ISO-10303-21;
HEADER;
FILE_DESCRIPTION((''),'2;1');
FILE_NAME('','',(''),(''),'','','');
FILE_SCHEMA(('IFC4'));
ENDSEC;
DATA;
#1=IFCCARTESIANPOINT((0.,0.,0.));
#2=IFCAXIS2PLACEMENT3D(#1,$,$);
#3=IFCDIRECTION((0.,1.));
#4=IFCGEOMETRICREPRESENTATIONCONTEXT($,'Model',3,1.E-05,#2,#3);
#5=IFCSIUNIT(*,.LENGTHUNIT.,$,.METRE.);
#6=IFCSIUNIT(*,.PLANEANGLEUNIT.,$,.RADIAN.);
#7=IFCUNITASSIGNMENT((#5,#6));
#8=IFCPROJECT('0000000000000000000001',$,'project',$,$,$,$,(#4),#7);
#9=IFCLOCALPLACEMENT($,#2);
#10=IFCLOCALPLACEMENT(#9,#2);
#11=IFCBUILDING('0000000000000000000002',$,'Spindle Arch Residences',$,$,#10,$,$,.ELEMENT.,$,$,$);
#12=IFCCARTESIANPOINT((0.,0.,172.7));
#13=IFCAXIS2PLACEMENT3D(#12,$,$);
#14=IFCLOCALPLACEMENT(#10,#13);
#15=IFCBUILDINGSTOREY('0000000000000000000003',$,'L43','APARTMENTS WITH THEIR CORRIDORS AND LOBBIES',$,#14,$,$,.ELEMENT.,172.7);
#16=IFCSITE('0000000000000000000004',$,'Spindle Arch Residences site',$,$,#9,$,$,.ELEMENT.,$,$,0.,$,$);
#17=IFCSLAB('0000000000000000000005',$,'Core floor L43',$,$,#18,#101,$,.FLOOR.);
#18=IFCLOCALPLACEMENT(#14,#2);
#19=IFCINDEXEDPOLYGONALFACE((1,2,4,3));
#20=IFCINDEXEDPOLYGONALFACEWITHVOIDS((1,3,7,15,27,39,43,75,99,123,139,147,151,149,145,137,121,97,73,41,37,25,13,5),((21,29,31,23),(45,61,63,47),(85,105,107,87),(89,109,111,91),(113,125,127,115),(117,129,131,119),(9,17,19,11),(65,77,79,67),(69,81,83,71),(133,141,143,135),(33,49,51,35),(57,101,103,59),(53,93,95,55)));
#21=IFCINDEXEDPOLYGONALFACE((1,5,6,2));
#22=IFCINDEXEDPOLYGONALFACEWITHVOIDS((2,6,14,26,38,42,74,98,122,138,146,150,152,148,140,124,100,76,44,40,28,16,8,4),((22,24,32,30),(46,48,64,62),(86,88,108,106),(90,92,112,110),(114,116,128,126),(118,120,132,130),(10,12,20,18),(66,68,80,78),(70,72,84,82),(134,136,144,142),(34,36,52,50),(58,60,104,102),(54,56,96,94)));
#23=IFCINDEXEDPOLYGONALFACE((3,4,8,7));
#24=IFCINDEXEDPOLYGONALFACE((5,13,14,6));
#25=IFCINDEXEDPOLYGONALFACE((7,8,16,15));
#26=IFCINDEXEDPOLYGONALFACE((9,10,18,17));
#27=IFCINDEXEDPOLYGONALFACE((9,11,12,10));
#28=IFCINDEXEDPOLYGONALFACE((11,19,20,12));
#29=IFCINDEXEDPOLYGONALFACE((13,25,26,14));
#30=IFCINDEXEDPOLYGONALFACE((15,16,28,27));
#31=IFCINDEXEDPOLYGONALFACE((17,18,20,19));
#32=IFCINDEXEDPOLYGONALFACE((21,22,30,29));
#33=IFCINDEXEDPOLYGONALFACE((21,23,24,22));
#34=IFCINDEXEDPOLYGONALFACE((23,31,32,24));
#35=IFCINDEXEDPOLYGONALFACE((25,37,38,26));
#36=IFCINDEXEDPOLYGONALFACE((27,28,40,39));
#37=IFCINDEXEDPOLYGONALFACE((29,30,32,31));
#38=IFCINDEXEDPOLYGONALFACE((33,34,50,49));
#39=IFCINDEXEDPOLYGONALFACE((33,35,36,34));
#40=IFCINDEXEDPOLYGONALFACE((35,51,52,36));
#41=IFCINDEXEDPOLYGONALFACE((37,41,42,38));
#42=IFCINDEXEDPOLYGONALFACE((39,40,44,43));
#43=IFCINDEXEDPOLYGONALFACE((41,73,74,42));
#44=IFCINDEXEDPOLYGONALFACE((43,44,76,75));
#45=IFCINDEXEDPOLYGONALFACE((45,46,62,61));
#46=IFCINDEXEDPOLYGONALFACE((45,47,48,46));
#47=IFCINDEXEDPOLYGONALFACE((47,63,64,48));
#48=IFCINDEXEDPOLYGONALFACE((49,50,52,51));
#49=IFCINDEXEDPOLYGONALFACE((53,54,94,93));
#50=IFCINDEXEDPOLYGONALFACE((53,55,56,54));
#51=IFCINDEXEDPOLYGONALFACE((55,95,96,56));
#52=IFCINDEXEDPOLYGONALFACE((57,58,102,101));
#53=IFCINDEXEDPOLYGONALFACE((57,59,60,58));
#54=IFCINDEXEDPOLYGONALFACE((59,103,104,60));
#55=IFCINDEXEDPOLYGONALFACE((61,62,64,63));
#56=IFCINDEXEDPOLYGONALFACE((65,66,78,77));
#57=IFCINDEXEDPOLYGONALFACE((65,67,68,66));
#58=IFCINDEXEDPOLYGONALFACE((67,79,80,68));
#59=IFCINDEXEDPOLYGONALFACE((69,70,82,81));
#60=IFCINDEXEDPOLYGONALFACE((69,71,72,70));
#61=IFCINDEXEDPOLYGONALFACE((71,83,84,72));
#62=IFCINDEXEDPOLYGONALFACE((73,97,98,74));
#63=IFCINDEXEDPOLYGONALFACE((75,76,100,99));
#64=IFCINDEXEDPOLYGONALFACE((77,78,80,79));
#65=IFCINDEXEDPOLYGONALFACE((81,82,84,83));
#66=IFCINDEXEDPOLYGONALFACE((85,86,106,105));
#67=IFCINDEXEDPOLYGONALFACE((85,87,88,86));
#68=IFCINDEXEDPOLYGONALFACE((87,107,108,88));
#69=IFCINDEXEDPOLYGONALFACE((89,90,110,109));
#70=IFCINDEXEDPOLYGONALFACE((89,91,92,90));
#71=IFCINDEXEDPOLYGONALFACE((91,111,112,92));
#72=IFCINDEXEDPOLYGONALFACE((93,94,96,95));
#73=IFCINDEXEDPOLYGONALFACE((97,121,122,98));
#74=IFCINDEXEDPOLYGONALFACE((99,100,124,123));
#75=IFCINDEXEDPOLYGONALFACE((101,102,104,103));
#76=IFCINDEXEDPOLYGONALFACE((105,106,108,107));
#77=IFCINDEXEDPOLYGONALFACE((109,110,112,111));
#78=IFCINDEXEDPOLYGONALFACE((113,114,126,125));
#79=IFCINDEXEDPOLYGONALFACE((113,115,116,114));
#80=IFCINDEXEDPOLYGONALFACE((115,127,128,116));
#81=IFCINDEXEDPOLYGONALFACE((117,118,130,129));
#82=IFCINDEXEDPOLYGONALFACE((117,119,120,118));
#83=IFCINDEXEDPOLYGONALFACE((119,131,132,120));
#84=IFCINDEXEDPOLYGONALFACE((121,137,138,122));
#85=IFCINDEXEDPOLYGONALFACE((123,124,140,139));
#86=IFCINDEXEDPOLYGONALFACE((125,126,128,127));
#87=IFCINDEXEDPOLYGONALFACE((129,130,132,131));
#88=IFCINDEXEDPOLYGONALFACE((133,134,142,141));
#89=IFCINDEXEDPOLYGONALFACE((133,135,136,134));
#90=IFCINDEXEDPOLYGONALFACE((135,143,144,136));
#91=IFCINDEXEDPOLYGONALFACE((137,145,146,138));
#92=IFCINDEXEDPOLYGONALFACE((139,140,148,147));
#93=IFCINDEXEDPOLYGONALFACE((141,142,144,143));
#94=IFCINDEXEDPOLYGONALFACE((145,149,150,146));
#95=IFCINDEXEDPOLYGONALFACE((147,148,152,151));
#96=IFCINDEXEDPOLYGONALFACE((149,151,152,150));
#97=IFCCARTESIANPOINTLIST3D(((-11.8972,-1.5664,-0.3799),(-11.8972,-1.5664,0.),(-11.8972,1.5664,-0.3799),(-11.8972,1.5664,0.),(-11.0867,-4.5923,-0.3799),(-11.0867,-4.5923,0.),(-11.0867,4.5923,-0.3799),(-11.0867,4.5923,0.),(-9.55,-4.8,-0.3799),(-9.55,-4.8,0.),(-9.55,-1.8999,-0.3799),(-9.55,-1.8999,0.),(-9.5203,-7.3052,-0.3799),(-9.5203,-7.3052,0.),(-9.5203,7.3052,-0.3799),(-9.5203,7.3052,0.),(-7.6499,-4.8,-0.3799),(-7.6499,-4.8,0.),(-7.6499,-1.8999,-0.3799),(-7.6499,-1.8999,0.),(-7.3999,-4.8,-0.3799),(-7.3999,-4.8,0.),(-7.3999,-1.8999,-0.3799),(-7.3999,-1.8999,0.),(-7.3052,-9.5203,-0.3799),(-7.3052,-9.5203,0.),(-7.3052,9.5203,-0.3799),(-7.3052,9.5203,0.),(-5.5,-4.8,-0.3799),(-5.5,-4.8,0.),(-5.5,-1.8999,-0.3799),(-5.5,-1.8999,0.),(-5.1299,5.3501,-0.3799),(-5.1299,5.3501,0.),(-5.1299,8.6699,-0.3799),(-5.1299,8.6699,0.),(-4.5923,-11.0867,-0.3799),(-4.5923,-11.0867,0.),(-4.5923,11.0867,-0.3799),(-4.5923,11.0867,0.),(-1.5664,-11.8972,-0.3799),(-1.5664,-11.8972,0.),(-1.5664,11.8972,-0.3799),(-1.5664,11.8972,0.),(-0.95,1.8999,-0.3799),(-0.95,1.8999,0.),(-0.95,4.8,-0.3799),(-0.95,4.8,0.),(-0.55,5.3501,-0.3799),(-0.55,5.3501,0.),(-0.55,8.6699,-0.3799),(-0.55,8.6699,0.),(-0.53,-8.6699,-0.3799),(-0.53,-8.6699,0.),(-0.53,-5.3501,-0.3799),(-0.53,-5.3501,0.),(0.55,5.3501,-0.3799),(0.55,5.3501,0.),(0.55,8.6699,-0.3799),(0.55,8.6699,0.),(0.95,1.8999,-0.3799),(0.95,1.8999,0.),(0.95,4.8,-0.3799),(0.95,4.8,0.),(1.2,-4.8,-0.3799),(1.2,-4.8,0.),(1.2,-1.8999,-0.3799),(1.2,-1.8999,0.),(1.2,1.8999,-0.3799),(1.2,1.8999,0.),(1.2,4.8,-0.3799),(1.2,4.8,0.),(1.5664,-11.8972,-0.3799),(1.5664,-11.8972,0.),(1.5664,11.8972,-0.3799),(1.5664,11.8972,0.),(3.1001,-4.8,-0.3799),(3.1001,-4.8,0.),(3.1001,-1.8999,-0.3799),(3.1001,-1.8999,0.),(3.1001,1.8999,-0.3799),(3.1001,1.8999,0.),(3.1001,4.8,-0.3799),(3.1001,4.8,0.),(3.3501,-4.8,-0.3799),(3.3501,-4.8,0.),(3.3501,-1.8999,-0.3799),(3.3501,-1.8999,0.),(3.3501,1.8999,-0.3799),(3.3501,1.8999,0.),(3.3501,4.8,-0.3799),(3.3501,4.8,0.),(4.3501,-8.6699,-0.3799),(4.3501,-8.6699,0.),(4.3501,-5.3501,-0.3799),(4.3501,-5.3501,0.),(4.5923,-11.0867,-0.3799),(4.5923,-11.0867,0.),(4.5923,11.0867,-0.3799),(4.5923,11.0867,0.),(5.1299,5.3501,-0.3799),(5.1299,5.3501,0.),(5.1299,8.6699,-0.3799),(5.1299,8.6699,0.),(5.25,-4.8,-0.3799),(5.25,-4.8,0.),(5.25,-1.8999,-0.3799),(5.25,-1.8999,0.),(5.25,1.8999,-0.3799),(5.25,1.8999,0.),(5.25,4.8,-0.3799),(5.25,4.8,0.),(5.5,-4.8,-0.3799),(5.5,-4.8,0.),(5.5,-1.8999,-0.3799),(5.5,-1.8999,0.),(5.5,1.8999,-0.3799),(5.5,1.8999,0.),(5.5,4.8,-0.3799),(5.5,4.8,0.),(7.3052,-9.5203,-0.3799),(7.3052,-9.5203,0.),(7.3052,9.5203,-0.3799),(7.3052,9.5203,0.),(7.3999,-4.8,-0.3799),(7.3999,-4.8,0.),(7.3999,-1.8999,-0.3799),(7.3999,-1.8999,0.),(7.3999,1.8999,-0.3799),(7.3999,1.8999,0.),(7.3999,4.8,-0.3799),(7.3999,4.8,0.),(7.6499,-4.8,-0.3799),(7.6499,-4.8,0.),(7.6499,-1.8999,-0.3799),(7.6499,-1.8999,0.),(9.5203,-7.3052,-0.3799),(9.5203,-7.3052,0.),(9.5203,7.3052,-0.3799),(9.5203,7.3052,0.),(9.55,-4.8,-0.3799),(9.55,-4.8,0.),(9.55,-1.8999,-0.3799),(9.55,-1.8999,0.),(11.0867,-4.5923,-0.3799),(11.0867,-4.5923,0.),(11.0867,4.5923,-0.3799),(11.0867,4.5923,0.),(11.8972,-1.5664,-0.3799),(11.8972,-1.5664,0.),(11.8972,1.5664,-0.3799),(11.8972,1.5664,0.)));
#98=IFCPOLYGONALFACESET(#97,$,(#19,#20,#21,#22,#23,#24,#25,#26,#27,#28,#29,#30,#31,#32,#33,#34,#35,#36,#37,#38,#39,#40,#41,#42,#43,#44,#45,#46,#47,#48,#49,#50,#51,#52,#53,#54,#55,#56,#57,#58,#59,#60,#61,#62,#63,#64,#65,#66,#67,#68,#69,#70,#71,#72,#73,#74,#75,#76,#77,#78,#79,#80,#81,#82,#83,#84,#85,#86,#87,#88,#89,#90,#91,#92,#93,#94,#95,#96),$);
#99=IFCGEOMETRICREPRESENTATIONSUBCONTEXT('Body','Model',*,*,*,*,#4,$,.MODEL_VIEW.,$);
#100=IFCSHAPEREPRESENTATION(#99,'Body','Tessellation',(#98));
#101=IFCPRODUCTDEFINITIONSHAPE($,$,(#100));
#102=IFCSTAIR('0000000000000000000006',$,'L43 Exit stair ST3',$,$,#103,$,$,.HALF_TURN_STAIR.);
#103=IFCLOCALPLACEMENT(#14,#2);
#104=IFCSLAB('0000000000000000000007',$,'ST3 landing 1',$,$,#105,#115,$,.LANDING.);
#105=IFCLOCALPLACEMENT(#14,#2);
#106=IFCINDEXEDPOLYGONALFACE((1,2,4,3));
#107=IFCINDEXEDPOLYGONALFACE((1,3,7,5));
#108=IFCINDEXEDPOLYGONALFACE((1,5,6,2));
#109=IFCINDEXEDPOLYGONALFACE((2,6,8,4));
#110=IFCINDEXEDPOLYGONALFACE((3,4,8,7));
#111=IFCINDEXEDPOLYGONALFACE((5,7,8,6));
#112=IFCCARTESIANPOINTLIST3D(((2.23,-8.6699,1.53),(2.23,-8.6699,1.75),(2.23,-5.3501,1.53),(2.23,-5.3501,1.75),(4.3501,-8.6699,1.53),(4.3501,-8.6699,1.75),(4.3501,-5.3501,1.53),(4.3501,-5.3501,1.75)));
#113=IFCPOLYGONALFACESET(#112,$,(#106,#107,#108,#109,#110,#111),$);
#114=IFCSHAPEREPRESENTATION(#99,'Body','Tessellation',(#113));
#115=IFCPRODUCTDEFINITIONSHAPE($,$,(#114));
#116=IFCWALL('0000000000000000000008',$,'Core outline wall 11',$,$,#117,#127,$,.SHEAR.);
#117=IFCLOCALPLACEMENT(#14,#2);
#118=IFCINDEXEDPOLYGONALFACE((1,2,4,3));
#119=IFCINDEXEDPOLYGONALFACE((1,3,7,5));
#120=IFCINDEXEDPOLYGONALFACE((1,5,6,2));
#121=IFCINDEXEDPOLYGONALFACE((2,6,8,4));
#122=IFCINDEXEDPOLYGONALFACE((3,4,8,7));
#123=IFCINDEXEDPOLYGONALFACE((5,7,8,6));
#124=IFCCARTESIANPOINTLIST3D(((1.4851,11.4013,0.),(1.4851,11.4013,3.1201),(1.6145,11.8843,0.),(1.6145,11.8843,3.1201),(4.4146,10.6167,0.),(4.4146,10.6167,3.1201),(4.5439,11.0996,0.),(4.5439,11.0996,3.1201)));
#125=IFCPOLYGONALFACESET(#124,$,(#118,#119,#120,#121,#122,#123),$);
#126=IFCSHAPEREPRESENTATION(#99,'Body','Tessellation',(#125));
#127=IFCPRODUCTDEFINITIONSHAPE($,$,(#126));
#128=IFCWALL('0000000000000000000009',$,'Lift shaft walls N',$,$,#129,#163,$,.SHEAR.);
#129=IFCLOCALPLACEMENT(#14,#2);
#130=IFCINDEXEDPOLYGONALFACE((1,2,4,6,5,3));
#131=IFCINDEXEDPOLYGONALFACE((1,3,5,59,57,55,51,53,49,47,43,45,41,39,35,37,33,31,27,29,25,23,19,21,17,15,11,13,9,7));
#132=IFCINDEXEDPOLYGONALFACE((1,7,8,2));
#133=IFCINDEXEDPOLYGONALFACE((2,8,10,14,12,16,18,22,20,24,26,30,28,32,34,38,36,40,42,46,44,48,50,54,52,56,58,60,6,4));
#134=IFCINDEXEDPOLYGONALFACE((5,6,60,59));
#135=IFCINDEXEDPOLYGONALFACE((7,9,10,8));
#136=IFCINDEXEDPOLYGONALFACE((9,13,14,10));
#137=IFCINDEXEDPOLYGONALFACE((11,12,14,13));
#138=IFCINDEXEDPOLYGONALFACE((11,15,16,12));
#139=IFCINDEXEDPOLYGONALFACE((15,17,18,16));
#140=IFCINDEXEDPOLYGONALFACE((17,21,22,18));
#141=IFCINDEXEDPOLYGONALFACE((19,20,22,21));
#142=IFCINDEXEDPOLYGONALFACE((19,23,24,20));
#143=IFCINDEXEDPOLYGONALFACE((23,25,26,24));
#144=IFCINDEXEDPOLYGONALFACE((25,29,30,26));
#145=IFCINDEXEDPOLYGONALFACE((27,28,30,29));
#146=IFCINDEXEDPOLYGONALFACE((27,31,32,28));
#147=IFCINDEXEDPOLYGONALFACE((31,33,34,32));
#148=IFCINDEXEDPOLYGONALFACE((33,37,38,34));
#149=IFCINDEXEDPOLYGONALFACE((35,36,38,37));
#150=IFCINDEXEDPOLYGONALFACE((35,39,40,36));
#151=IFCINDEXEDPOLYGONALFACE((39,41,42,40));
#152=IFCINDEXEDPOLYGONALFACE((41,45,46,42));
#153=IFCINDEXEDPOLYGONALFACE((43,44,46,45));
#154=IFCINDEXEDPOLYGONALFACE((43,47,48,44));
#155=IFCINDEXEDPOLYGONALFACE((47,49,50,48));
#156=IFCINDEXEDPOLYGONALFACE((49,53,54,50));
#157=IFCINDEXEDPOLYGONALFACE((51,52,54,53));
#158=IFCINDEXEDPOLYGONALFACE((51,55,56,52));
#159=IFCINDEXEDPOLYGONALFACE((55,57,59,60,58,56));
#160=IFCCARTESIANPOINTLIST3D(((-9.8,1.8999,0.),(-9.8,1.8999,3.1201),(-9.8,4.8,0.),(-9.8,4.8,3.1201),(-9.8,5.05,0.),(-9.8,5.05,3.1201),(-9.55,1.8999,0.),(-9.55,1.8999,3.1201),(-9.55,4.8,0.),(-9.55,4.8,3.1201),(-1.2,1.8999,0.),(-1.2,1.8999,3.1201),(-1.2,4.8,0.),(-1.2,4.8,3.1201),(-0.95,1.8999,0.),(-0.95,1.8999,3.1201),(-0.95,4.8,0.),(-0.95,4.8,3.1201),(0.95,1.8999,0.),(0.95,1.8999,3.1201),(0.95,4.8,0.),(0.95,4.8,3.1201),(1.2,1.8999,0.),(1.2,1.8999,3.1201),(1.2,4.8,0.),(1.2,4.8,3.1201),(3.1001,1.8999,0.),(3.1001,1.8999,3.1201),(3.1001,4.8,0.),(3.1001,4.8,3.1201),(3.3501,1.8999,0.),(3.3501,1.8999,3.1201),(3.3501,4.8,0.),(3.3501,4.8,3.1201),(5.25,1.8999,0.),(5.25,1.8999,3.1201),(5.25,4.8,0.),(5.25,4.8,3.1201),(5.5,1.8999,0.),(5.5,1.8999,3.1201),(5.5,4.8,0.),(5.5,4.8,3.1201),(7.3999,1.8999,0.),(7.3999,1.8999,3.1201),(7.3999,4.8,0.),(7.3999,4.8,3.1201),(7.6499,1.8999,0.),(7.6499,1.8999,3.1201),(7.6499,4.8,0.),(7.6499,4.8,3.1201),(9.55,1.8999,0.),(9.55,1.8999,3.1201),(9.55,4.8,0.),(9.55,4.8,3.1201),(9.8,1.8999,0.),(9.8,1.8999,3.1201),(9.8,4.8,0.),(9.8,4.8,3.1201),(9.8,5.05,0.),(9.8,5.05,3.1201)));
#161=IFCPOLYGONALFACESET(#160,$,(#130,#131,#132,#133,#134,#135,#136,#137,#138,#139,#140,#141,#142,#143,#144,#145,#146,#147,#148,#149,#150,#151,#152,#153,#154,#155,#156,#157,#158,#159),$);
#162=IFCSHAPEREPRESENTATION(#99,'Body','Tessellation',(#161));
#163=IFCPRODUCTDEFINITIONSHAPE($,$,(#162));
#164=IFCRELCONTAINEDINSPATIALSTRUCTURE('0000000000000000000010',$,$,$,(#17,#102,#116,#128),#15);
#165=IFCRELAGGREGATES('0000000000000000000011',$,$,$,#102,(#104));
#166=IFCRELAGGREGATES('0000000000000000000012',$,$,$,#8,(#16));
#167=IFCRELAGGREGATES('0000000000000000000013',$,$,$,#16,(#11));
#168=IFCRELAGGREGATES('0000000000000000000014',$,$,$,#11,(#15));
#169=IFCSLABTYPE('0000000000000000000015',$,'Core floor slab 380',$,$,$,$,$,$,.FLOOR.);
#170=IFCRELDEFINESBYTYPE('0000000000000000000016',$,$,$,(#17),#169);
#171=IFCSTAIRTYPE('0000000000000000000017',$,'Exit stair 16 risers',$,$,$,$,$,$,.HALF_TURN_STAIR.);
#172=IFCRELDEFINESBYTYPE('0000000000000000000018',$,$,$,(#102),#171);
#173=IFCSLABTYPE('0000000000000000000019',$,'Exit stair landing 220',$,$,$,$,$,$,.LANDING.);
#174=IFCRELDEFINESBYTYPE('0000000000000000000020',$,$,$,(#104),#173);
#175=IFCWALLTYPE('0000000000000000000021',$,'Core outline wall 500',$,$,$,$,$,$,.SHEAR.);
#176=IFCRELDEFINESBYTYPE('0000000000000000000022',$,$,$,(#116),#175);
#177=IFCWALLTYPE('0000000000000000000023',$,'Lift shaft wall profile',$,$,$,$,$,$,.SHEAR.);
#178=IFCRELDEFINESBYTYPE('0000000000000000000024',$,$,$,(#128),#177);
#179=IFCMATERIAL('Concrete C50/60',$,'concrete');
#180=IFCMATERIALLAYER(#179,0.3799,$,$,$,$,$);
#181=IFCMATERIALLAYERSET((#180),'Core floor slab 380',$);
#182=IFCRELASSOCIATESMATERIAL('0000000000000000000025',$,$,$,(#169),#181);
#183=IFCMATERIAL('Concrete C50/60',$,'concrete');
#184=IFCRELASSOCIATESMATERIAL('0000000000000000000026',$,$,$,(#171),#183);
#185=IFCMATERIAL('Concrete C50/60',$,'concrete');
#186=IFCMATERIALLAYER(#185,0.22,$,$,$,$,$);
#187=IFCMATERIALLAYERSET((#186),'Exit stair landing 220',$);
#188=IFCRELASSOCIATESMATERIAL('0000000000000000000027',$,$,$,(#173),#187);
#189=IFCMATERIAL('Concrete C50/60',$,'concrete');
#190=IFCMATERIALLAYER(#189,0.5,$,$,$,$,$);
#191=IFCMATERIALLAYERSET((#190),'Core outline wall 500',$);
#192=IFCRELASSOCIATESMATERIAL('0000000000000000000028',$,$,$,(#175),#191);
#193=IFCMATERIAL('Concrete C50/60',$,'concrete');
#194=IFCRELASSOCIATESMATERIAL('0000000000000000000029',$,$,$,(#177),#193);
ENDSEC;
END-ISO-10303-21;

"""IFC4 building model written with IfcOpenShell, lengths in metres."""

from ifc_helpers import new_model, si_unit, direction, frame, frame_2d, origin, place, context, subcontext, project, spatial, polyline, rectangle, outline, extrude, material, layer, layer_set, type_object, element, aggregate, save


model = new_model("IFC4")

# Units and contexts
model_context = context("Model", 3, precision=1e-05, world=origin(), true_north=direction((0.0, 1.0)))
body_context = subcontext(model_context, "Body", "Model", "MODEL_VIEW")
ifc_project = project(units=[si_unit("LENGTHUNIT", "METRE"), si_unit("PLANEANGLEUNIT", "RADIAN")], contexts=[model_context])

# Site, building, storey
site_placement = place(None, origin())
site = spatial("IfcSite", under=ifc_project, at=site_placement, Name="Spindle Arch Residences site", CompositionType="ELEMENT", RefElevation=0.0)
building_placement = place(site_placement, origin())
building = spatial("IfcBuilding", under=site, at=building_placement, Name="Spindle Arch Residences", CompositionType="ELEMENT")
storey_placement = place(building_placement, frame((0.0, 0.0, 172.7)))
storey = spatial("IfcBuildingStorey", under=building, at=storey_placement, Name="L43", Description="APARTMENTS WITH THEIR CORRIDORS AND LOBBIES", CompositionType="ELEMENT", Elevation=172.7)

# Slab
ifc_material_1 = material(Name="Concrete C50/60", Category="concrete")
ifc_layer_1 = layer(ifc_material_1, 0.3799)
ifc_layer_set_1 = layer_set([ifc_layer_1], Name="Core floor slab 380")
slab_type_1 = type_object("IfcSlabType", Name="Core floor slab 380", PredefinedType="FLOOR", material=ifc_layer_set_1)
slab_1_placement = place(storey_placement, frame((0.0, 0.0, -0.3799)))
element("IfcSlab", 1, at=slab_1_placement, inside=storey, type_object=slab_type_1, Name="Core floor L43", PredefinedType="FLOOR", context=body_context, shape_type="SweptSolid", body=[
    extrude(outline(polyline([(1.5664, -11.8972), (4.5923, -11.0867), (7.3052, -9.5203), (9.5203, -7.3052), (11.0867, -4.5923), (11.8972, -1.5664), (11.8972, 1.5664), (11.0867, 4.5923), (9.5203, 7.3052), (7.3052, 9.5203), (4.5923, 11.0867), (1.5664, 11.8972), (-1.5664, 11.8972), (-4.5923, 11.0867), (-7.3052, 9.5203), (-9.5203, 7.3052), (-11.0867, 4.5923), (-11.8972, 1.5664), (-11.8972, -1.5664), (-11.0867, -4.5923), (-9.5203, -7.3052), (-7.3052, -9.5203), (-4.5923, -11.0867), (-1.5664, -11.8972), (1.5664, -11.8972)]), holes=[polyline([(-0.95, 1.8999), (0.95, 1.8999), (0.95, 4.8), (-0.95, 4.8), (-0.95, 1.8999)]), polyline([(1.2, 1.8999), (3.1001, 1.8999), (3.1001, 4.8), (1.2, 4.8), (1.2, 1.8999)]), polyline([(3.3501, 1.8999), (5.25, 1.8999), (5.25, 4.8), (3.3501, 4.8), (3.3501, 1.8999)]), polyline([(5.5, 1.8999), (7.3999, 1.8999), (7.3999, 4.8), (5.5, 4.8), (5.5, 1.8999)]), polyline([(-9.55, -4.8), (-7.6499, -4.8), (-7.6499, -1.8999), (-9.55, -1.8999), (-9.55, -4.8)]), polyline([(-7.3999, -4.8), (-5.5, -4.8), (-5.5, -1.8999), (-7.3999, -1.8999), (-7.3999, -4.8)]), polyline([(1.2, -4.8), (3.1001, -4.8), (3.1001, -1.8999), (1.2, -1.8999), (1.2, -4.8)]), polyline([(3.3501, -4.8), (5.25, -4.8), (5.25, -1.8999), (3.3501, -1.8999), (3.3501, -4.8)]), polyline([(5.5, -4.8), (7.3999, -4.8), (7.3999, -1.8999), (5.5, -1.8999), (5.5, -4.8)]), polyline([(7.6499, -4.8), (9.55, -4.8), (9.55, -1.8999), (7.6499, -1.8999), (7.6499, -4.8)]), polyline([(5.1299, 8.6699), (0.55, 8.6699), (0.55, 5.3501), (5.1299, 5.3501), (5.1299, 8.6699)]), polyline([(-5.1299, 5.3501), (-0.55, 5.3501), (-0.55, 8.6699), (-5.1299, 8.6699), (-5.1299, 5.3501)]), polyline([(-0.53, -8.6699), (4.3501, -8.6699), (4.3501, -5.3501), (-0.53, -5.3501), (-0.53, -8.6699)])]), origin(), (0.0, 0.0, 1.0), 0.3799),
])

# Stair, slab
ifc_material_2 = material(Name="Concrete C50/60", Category="concrete")
stair_type = type_object("IfcStairType", Name="Exit stair 16 risers", PredefinedType="HALF_TURN_STAIR", material=ifc_material_2)
stair_1_placement = place(storey_placement, origin())
stair_1 = element("IfcStair", 2, at=stair_1_placement, inside=storey, type_object=stair_type, Name="L43 Exit stair ST3", PredefinedType="HALF_TURN_STAIR")
ifc_material_3 = material(Name="Concrete C50/60", Category="concrete")
ifc_layer_2 = layer(ifc_material_3, 0.22)
ifc_layer_set_2 = layer_set([ifc_layer_2], Name="Exit stair landing 220")
slab_type_2 = type_object("IfcSlabType", Name="Exit stair landing 220", PredefinedType="LANDING", material=ifc_layer_set_2)
slab_2_placement = place(storey_placement, frame((0.0, 0.0, 1.53)))
slab_2 = element("IfcSlab", 3, at=slab_2_placement, type_object=slab_type_2, Name="ST3 landing 1", PredefinedType="LANDING", context=body_context, shape_type="SweptSolid", body=[
    extrude(outline(polyline([(2.23, -8.6699), (4.3501, -8.6699), (4.3501, -5.3501), (2.23, -5.3501), (2.23, -8.6699)])), origin(), (0.0, 0.0, 1.0), 0.22),
])
aggregate(stair_1, [slab_2])

# Wall
ifc_material_4 = material(Name="Concrete C50/60", Category="concrete")
ifc_layer_3 = layer(ifc_material_4, 0.5)
ifc_layer_set_3 = layer_set([ifc_layer_3], Name="Core outline wall 500")
wall_type_1 = type_object("IfcWallType", Name="Core outline wall 500", PredefinedType="SHEAR", material=ifc_layer_set_3)
wall_1_placement = place(storey_placement, frame((4.4792, 10.8582, 0.0), z_axis=(0.0, 0.0, 1.0), x_axis=(-0.965948, 0.258735, 0.0)))
element("IfcWall", 4, at=wall_1_placement, inside=storey, type_object=wall_type_1, Name="Core outline wall 11", PredefinedType="SHEAR", context=body_context, shape_type="SweptSolid", body=[
    extrude(rectangle(XDim=3.0327, YDim=0.5, at=frame_2d((1.5164, 0.0))), origin(), (0.0, 0.0, 1.0), 3.1201),
])

# Wall
ifc_material_5 = material(Name="Concrete C50/60", Category="concrete")
wall_type_2 = type_object("IfcWallType", Name="Lift shaft wall profile", PredefinedType="SHEAR", material=ifc_material_5)
wall_2_placement = place(storey_placement, origin())
element("IfcWall", 5, at=wall_2_placement, inside=storey, type_object=wall_type_2, Name="Lift shaft walls N", PredefinedType="SHEAR", context=body_context, shape_type="SweptSolid", body=[
    extrude(outline(polyline([(-9.55, 4.8), (-1.2, 4.8), (-1.2, 1.8999), (-0.95, 1.8999), (-0.95, 4.8), (0.95, 4.8), (0.95, 1.8999), (1.2, 1.8999), (1.2, 4.8), (3.1001, 4.8), (3.1001, 1.8999), (3.3501, 1.8999), (3.3501, 4.8), (5.25, 4.8), (5.25, 1.8999), (5.5, 1.8999), (5.5, 4.8), (7.3999, 4.8), (7.3999, 1.8999), (7.6499, 1.8999), (7.6499, 4.8), (9.55, 4.8), (9.55, 1.8999), (9.8, 1.8999), (9.8, 4.8), (9.8, 5.05), (-9.8, 5.05), (-9.8, 4.8), (-9.8, 1.8999), (-9.55, 1.8999), (-9.55, 4.8)])), origin(), (0.0, 0.0, 1.0), 3.1201),
])

save(model, "model.ifc")
